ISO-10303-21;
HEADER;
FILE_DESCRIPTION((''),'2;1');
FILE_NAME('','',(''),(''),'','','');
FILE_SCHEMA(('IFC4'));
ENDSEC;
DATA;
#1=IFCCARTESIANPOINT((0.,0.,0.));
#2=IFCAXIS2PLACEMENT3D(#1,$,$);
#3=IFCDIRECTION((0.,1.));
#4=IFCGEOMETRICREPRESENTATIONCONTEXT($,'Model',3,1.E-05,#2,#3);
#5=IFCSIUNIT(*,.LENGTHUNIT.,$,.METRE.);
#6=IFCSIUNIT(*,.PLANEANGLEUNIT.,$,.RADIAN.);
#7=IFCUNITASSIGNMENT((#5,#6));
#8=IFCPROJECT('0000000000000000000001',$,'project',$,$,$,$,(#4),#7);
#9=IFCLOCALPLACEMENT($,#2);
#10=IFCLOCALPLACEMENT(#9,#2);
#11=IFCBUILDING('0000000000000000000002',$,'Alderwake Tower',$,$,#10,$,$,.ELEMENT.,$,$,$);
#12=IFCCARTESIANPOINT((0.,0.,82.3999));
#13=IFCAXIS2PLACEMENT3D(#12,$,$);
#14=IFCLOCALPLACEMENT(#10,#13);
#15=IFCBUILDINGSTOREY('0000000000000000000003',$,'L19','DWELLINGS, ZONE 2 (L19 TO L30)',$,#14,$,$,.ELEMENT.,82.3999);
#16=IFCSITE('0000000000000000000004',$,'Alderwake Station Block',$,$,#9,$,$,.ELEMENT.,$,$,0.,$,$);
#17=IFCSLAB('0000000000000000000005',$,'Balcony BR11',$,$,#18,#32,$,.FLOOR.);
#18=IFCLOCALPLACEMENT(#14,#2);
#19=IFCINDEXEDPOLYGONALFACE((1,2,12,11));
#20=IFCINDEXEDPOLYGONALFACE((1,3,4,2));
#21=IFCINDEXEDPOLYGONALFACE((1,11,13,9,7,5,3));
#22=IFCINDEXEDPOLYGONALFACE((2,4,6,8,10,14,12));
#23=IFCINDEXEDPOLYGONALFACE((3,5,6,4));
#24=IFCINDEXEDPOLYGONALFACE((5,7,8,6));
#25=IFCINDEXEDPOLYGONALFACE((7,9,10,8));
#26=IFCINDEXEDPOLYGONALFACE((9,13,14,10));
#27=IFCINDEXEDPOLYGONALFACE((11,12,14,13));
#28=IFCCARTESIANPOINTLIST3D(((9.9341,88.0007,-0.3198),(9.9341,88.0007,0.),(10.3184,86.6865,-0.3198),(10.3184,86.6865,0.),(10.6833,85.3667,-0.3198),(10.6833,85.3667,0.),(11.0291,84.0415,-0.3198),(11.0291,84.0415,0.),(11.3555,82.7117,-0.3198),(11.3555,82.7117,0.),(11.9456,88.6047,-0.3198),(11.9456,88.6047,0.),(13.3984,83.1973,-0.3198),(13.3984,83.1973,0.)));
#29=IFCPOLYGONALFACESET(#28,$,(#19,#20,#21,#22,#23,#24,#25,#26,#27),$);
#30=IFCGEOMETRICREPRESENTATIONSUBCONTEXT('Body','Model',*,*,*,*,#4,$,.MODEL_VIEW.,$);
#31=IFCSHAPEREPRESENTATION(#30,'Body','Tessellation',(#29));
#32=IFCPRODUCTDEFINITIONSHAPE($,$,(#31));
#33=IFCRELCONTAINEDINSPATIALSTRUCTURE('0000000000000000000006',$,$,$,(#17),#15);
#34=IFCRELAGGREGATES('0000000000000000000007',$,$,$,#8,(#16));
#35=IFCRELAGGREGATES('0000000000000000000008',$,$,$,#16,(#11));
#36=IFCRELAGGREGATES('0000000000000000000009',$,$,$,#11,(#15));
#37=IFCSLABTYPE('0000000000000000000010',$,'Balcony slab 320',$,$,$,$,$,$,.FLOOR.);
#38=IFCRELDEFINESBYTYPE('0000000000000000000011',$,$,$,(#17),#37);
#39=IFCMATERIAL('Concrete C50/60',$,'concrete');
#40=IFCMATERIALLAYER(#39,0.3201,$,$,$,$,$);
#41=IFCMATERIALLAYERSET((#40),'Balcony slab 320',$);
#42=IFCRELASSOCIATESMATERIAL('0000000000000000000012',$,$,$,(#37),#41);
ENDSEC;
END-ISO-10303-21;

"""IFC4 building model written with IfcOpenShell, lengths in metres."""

from ifc_helpers import new_model, si_unit, direction, frame, origin, place, context, subcontext, project, spatial, polyline, outline, extrude, material, layer, layer_set, type_object, element, save


model = new_model("IFC4")

# Units and contexts
model_context = context("Model", 3, precision=1e-05, world=origin(), true_north=direction((0.0, 1.0)))
body_context = subcontext(model_context, "Body", "Model", "MODEL_VIEW")
ifc_project = project(units=[si_unit("LENGTHUNIT", "METRE"), si_unit("PLANEANGLEUNIT", "RADIAN")], contexts=[model_context])

# Site, building, storey
site_placement = place(None, origin())
site = spatial("IfcSite", under=ifc_project, at=site_placement, Name="Alderwake Station Block", CompositionType="ELEMENT", RefElevation=0.0)
building_placement = place(site_placement, origin())
building = spatial("IfcBuilding", under=site, at=building_placement, Name="Alderwake Tower", CompositionType="ELEMENT")
storey_placement = place(building_placement, frame((0.0, 0.0, 82.3999)))
storey = spatial("IfcBuildingStorey", under=building, at=storey_placement, Name="L19", Description="DWELLINGS, ZONE 2 (L19 TO L30)", CompositionType="ELEMENT", Elevation=82.3999)

# Slab
ifc_material_1 = material(Name="Concrete C50/60", Category="concrete")
ifc_layer_1 = layer(ifc_material_1, 0.3201)
ifc_layer_set_1 = layer_set([ifc_layer_1], Name="Balcony slab 320")
slab_type_1 = type_object("IfcSlabType", Name="Balcony slab 320", PredefinedType="FLOOR", material=ifc_layer_set_1)
slab_1_placement = place(storey_placement, frame((0.0, 0.0, -0.3198)))
element("IfcSlab", 1, at=slab_1_placement, inside=storey, type_object=slab_type_1, Name="Balcony BR11", PredefinedType="FLOOR", context=body_context, shape_type="SweptSolid", body=[
    extrude(outline(polyline([(11.3555, 82.7117), (13.3984, 83.1973), (11.9456, 88.6047), (9.9341, 88.0007), (10.3184, 86.6865), (10.6833, 85.3667), (11.0291, 84.0415), (11.3555, 82.7117)])), origin(), (0.0, 0.0, 1.0), 0.3198),
])

save(model, "model.ifc")
